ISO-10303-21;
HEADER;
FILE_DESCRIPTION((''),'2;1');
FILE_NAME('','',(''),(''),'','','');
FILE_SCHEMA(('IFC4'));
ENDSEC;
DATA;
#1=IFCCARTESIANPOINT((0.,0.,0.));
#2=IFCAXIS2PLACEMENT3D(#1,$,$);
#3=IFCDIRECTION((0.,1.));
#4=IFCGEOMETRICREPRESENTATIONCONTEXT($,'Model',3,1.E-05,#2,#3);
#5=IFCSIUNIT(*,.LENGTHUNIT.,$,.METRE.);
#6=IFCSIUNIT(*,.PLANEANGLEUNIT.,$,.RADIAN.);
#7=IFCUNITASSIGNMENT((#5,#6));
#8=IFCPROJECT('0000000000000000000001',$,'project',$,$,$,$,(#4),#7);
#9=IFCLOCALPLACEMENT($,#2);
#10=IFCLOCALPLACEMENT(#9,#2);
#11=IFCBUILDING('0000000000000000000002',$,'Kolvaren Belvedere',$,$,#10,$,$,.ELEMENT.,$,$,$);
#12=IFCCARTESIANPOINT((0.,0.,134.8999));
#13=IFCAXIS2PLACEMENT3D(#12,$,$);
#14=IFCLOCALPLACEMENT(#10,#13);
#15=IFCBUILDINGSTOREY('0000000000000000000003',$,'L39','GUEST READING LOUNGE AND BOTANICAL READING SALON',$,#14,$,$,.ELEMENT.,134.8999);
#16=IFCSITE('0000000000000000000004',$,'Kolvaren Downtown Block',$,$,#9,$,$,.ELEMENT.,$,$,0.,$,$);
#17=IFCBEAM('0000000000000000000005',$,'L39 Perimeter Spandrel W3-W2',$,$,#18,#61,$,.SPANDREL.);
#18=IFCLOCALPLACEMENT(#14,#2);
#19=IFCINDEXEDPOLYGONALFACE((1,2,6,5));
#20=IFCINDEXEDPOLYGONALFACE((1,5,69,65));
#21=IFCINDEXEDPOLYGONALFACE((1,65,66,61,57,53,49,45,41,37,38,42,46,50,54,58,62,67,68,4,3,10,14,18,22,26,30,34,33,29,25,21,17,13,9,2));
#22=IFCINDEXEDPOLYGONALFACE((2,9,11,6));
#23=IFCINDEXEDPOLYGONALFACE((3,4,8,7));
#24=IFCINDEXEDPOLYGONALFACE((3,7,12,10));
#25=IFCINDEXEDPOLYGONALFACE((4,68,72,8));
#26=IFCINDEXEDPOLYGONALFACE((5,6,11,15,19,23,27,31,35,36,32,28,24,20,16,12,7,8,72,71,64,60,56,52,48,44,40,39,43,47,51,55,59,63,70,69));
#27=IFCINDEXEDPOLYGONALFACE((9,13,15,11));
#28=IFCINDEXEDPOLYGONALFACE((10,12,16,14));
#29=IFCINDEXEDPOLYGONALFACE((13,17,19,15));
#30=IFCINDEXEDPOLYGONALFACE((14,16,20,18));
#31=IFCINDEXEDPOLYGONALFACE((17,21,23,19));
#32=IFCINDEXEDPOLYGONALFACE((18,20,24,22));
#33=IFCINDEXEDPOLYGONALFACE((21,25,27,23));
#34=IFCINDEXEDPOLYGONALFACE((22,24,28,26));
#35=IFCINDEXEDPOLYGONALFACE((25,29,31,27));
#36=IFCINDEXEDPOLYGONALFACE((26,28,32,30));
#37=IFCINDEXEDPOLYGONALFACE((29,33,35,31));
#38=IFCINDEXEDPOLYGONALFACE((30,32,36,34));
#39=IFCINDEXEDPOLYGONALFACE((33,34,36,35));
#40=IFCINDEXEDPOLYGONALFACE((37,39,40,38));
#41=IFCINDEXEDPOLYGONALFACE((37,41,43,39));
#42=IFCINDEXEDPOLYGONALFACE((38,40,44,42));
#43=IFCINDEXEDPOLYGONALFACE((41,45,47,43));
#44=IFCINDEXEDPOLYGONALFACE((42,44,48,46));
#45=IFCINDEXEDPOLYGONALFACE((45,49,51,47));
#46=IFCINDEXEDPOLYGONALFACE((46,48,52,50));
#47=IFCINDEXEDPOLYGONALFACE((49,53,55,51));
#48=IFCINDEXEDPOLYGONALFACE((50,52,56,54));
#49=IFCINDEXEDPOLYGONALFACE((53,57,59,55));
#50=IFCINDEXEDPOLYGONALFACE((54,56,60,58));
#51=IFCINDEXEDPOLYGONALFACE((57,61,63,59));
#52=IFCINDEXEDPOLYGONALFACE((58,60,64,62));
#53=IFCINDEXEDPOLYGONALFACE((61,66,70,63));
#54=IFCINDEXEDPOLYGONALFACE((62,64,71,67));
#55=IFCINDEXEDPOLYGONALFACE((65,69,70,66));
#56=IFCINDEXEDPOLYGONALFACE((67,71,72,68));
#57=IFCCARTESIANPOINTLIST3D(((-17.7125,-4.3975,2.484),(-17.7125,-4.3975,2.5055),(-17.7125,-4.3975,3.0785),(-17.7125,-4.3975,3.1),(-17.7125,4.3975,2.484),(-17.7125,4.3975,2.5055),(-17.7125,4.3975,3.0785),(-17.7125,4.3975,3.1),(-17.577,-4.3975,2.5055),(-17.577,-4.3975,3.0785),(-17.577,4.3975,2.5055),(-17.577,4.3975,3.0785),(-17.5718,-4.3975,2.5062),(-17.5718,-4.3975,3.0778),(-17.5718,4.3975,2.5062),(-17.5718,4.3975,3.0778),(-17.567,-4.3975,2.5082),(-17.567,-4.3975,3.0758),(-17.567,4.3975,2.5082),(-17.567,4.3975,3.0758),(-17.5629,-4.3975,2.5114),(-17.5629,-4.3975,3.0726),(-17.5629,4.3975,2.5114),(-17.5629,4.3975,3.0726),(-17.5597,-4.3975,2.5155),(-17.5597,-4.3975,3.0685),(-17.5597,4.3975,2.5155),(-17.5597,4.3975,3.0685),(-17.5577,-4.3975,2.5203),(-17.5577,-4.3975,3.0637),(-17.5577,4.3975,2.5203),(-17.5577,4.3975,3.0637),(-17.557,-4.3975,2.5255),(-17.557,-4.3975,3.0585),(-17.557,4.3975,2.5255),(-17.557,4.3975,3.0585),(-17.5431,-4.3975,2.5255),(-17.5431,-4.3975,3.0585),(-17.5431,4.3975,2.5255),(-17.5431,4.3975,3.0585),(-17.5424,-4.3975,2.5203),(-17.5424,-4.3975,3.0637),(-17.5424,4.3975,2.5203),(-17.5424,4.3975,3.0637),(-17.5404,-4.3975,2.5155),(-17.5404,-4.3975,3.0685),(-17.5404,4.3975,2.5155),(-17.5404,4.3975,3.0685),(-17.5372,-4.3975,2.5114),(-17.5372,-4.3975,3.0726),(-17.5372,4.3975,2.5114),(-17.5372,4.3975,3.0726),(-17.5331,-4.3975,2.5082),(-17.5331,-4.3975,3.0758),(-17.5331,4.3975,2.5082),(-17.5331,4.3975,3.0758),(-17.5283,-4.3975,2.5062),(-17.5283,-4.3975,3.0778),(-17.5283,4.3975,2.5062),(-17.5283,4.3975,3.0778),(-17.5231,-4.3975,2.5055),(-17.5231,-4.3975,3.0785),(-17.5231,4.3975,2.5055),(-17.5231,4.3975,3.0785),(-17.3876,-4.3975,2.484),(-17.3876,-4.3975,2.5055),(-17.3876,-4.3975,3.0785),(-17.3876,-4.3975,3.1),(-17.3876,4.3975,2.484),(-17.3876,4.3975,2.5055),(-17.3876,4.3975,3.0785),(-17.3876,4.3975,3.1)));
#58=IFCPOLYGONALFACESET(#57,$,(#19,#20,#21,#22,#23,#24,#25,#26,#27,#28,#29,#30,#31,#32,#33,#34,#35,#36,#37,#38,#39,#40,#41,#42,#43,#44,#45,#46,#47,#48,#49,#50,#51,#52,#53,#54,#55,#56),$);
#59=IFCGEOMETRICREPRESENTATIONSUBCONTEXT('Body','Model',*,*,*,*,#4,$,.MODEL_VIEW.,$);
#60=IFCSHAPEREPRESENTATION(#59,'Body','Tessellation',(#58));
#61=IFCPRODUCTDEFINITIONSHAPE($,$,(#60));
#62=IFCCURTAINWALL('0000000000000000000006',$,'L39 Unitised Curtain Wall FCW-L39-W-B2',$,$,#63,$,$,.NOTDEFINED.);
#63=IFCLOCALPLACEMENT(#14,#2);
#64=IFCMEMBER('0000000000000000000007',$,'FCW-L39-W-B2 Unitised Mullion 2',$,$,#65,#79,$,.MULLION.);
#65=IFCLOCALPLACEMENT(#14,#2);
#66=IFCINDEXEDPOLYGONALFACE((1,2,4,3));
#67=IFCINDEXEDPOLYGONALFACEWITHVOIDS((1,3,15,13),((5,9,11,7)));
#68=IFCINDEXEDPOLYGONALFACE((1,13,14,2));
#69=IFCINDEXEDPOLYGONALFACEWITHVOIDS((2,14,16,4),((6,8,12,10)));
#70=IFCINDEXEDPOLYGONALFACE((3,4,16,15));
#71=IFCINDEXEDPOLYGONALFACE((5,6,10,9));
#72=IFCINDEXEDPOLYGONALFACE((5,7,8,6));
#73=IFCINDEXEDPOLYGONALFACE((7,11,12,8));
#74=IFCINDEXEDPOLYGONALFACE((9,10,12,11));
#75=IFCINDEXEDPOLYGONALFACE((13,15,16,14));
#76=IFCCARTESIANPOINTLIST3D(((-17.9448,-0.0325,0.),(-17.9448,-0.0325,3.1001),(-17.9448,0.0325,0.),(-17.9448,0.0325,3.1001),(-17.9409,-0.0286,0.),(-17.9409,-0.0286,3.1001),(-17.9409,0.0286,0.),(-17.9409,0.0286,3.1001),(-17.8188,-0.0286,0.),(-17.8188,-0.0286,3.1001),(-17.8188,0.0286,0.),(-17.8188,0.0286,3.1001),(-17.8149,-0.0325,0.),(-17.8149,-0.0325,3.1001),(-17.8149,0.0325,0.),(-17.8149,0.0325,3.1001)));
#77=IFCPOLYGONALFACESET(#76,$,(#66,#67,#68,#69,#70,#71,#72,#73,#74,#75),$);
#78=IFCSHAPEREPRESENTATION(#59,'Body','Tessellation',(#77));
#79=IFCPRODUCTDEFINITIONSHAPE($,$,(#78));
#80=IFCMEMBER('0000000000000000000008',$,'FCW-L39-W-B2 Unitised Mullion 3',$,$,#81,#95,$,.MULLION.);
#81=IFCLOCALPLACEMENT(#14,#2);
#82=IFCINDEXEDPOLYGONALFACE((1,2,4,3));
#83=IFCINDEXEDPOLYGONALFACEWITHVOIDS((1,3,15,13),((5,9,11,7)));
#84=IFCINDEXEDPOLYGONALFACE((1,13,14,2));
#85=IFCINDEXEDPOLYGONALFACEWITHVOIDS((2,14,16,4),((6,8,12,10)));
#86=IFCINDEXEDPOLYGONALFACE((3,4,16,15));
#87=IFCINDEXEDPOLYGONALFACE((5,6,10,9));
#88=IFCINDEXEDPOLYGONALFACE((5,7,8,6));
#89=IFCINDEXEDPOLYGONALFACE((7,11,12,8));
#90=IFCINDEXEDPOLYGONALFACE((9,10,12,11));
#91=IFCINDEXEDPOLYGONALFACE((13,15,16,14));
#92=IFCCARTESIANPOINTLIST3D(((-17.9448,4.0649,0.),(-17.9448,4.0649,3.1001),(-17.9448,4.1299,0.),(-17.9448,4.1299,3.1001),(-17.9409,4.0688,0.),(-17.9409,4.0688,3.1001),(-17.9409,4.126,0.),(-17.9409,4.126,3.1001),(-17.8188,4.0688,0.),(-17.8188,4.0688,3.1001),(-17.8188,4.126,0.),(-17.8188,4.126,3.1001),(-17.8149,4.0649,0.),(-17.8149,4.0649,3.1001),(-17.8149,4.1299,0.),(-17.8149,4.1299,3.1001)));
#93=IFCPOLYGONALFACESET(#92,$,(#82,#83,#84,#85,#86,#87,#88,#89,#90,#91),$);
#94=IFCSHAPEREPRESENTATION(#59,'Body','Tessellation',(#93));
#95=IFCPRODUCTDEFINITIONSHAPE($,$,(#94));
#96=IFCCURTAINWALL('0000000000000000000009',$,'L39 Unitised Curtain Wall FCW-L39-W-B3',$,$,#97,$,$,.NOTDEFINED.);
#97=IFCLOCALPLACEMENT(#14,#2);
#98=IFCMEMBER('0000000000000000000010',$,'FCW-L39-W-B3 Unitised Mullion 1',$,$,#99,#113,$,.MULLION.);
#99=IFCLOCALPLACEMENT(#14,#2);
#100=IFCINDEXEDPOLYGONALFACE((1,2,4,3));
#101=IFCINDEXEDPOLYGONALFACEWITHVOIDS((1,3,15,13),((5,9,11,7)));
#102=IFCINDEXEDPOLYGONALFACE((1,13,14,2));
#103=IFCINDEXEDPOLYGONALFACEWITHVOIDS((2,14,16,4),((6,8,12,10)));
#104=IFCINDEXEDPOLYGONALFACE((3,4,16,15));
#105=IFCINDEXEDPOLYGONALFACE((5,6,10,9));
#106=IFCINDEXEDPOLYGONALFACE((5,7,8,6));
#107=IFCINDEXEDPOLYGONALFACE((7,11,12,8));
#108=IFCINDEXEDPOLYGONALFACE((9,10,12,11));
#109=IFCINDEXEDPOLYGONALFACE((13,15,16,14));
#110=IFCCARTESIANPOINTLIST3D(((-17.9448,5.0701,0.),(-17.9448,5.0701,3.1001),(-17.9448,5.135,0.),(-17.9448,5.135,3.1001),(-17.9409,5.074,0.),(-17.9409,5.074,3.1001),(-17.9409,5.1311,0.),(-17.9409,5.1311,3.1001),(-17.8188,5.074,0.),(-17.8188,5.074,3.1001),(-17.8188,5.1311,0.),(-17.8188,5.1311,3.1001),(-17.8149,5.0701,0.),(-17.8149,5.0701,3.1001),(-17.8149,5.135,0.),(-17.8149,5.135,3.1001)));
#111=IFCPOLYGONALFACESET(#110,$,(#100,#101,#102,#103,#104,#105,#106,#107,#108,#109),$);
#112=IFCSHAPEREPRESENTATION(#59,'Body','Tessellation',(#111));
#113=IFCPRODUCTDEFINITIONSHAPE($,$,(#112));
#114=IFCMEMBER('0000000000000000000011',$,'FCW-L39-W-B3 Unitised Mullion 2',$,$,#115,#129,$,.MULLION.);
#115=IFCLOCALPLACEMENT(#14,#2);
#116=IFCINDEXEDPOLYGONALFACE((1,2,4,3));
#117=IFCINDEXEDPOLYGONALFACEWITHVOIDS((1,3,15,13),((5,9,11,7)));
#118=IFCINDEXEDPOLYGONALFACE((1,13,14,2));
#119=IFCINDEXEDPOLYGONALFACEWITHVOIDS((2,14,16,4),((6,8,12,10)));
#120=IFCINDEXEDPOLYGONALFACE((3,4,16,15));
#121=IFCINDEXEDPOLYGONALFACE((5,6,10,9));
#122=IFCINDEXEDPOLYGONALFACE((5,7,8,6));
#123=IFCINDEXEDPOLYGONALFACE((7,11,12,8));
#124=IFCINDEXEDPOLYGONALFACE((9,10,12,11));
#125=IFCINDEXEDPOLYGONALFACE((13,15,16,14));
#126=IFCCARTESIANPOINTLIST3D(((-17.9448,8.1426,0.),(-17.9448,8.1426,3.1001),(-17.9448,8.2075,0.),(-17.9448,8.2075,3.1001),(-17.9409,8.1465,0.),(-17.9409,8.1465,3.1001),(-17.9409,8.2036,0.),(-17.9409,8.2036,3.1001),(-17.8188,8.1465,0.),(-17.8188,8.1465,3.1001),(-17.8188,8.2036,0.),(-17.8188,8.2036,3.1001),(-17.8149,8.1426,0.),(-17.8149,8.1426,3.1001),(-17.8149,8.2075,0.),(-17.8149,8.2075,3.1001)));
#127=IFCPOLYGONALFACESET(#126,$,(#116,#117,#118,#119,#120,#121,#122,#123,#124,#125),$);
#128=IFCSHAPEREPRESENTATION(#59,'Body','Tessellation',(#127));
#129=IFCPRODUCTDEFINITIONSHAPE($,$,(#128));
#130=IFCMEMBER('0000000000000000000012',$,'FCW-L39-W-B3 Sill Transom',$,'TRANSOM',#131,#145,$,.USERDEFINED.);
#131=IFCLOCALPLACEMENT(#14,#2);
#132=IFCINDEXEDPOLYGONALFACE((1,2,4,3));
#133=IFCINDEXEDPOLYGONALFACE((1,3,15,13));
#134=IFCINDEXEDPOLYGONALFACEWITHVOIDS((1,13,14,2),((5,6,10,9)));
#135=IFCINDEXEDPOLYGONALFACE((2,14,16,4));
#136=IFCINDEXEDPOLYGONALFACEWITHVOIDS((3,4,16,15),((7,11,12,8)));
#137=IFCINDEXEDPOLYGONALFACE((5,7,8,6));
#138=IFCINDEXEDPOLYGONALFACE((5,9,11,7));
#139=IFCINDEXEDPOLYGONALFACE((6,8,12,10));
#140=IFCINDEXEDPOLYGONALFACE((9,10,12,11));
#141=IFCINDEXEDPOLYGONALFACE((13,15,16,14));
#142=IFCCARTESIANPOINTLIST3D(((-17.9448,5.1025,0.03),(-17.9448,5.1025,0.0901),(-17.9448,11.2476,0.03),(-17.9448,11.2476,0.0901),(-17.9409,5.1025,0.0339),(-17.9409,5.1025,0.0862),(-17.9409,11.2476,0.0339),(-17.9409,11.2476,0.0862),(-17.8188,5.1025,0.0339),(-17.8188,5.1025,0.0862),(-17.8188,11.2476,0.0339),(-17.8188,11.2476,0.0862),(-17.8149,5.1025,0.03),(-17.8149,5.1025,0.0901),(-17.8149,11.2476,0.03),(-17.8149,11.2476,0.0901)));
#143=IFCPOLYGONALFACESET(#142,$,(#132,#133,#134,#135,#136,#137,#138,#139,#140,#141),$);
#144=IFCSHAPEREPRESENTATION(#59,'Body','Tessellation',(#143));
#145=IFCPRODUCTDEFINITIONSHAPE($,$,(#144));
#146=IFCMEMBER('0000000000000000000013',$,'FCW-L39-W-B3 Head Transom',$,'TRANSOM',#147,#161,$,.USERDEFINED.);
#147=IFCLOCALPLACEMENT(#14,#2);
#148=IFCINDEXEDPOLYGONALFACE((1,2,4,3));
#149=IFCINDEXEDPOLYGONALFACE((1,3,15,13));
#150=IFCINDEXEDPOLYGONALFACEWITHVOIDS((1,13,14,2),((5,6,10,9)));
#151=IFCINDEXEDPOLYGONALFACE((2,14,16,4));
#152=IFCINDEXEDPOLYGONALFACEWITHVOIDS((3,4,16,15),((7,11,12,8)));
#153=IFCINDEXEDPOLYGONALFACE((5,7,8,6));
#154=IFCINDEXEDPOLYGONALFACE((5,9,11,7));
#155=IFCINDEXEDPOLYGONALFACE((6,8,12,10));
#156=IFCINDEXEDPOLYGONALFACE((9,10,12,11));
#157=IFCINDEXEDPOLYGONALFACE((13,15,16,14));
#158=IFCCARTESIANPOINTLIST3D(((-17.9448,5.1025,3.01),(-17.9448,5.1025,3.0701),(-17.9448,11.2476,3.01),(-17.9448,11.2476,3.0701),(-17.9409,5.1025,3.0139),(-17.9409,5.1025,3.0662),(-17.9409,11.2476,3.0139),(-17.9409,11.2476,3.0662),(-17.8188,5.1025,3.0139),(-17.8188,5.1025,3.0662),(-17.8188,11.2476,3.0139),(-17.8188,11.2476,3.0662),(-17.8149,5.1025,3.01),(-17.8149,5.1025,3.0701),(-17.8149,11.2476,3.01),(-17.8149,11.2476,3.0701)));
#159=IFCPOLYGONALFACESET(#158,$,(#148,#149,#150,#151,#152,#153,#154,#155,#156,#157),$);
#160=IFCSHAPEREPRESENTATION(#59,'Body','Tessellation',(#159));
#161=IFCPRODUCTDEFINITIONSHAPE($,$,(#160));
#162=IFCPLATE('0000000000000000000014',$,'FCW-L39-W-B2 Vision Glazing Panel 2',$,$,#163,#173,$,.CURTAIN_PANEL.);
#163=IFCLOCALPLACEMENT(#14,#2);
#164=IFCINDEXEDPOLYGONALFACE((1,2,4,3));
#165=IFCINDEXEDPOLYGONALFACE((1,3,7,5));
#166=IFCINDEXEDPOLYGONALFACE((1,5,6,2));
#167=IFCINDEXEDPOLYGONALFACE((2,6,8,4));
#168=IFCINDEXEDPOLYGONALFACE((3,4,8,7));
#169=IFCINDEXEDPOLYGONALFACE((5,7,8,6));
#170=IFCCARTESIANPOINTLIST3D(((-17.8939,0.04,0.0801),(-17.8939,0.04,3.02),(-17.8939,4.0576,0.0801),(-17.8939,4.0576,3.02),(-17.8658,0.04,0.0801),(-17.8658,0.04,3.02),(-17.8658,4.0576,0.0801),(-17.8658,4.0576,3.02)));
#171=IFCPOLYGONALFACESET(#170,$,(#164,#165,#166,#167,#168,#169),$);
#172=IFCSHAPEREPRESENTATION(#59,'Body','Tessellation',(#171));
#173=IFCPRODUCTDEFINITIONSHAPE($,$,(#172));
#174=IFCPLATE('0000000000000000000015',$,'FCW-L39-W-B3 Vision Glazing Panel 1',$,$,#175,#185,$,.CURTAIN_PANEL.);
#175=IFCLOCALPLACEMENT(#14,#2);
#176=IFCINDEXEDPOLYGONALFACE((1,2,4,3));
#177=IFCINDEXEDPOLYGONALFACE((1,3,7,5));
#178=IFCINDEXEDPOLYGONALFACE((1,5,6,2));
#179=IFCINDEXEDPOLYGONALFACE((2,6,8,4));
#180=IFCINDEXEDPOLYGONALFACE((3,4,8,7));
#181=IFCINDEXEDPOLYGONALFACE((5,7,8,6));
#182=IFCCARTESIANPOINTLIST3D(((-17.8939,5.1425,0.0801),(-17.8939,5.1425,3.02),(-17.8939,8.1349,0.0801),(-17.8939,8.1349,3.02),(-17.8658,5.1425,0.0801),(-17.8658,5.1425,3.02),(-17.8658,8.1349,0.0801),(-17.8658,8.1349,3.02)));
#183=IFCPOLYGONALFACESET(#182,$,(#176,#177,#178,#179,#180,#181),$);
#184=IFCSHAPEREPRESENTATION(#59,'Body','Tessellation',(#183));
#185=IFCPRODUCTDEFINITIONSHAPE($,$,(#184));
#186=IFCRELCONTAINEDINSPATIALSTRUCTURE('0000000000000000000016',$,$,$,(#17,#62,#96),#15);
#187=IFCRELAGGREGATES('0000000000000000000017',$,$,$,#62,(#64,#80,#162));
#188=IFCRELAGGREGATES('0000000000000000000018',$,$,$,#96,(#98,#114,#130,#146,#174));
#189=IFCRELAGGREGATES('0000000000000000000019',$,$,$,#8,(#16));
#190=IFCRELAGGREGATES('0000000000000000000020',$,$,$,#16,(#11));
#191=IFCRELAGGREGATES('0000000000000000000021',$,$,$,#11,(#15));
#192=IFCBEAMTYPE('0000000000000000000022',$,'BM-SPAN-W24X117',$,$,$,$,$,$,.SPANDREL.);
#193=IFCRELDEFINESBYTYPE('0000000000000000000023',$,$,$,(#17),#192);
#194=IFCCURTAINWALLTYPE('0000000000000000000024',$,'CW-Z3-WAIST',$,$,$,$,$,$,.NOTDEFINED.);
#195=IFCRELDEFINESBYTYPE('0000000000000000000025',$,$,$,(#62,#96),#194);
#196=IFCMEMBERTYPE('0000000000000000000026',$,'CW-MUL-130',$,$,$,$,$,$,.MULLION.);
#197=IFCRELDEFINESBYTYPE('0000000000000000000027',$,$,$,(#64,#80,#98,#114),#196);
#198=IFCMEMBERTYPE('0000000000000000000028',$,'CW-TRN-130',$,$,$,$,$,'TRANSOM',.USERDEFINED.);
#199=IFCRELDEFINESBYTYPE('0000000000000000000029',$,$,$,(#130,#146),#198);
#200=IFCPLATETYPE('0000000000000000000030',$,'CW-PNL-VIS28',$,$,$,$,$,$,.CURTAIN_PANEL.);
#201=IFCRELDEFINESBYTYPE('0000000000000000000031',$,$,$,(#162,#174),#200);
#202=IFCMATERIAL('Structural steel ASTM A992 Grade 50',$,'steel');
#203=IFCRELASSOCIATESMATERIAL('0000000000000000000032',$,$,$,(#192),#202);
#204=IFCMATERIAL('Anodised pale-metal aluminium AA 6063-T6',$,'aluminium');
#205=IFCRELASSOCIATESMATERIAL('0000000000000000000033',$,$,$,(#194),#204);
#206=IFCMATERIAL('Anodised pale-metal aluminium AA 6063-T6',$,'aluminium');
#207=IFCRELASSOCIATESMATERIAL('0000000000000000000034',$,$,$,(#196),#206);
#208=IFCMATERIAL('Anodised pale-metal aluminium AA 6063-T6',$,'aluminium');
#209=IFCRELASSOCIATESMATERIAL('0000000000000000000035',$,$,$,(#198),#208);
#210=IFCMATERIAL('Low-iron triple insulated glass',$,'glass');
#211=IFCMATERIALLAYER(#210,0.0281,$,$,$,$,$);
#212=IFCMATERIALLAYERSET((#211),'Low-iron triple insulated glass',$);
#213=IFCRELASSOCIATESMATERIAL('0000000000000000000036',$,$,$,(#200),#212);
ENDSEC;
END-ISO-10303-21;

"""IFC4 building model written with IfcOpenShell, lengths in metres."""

from ifc_helpers import new_model, si_unit, direction, frame, origin, origin_2d, place, context, subcontext, project, spatial, rectangle, hollow_rectangle, i_section, extrude, material, layer, layer_set, material_profile, profile_set, type_object, element, aggregate, save


model = new_model("IFC4")

# Units and contexts
model_context = context("Model", 3, precision=1e-05, world=origin(), true_north=direction((0.0, 1.0)))
body_context = subcontext(model_context, "Body", "Model", "MODEL_VIEW")
ifc_project = project(units=[si_unit("LENGTHUNIT", "METRE"), si_unit("PLANEANGLEUNIT", "RADIAN")], contexts=[model_context])

# Site, building, storey
site_placement = place(None, origin())
site = spatial("IfcSite", under=ifc_project, at=site_placement, Name="Kolvaren Downtown Block", CompositionType="ELEMENT", RefElevation=0.0)
building_placement = place(site_placement, origin())
building = spatial("IfcBuilding", under=site, at=building_placement, Name="Kolvaren Belvedere", CompositionType="ELEMENT")
storey_placement = place(building_placement, frame((0.0, 0.0, 134.8999)))
storey = spatial("IfcBuildingStorey", under=building, at=storey_placement, Name="L39", Description="GUEST READING LOUNGE AND BOTANICAL READING SALON", CompositionType="ELEMENT", Elevation=134.8999)

# Beam
ifc_material_1 = material(Name="Structural steel ASTM A992 Grade 50", Category="steel")
ifc_material_profile_1 = material_profile(ifc_material_1, i_section(OverallWidth=0.325, OverallDepth=0.616, WebThickness=0.0139, FlangeThickness=0.0215, FilletRadius=0.02, at=origin_2d()), Name="W24X117")
ifc_profile_set_1 = profile_set([ifc_material_profile_1], Name="Structural steel ASTM A992 Grade 50")
beam_type_1 = type_object("IfcBeamType", Name="BM-SPAN-W24X117", PredefinedType="SPANDREL", material=ifc_profile_set_1)
beam_1_placement = place(storey_placement, frame((-17.55, 4.3975, 2.792), z_axis=(0.0, -1.0, 0.0), x_axis=(1.0, 0.0, 0.0)))
element("IfcBeam", 1, at=beam_1_placement, inside=storey, type_object=beam_type_1, Name="L39 Perimeter Spandrel W3-W2", PredefinedType="SPANDREL", context=body_context, shape_type="SweptSolid", body=[
    extrude(i_section(OverallWidth=0.325, OverallDepth=0.616, WebThickness=0.0139, FlangeThickness=0.0215, FilletRadius=0.02, at=origin_2d()), origin(), (0.0, 0.0, 1.0), 8.7949),
])

# Curtain walls, members
ifc_material_2 = material(Name="Anodised pale-metal aluminium AA 6063-T6", Category="aluminium")
curtain_wall_type = type_object("IfcCurtainWallType", Name="CW-Z3-WAIST", PredefinedType="NOTDEFINED", material=ifc_material_2)
curtain_wall_1_placement = place(storey_placement, origin())
curtain_wall_1 = element("IfcCurtainWall", 2, at=curtain_wall_1_placement, inside=storey, type_object=curtain_wall_type, Name="L39 Unitised Curtain Wall FCW-L39-W-B2", PredefinedType="NOTDEFINED")
ifc_material_3 = material(Name="Anodised pale-metal aluminium AA 6063-T6", Category="aluminium")
ifc_material_profile_2 = material_profile(ifc_material_3, hollow_rectangle(XDim=0.0649, YDim=0.1299, WallThickness=0.0039, at=origin_2d()), Name="ALU-MUL-130X65")
ifc_profile_set_2 = profile_set([ifc_material_profile_2], Name="Anodised pale-metal aluminium AA 6063-T6")
member_type_1 = type_object("IfcMemberType", Name="CW-MUL-130", PredefinedType="MULLION", material=ifc_profile_set_2)
member_1_placement = place(storey_placement, frame((-17.8799, 0.0, 0.0), z_axis=(0.0, 0.0, 1.0), x_axis=(0.0, 1.0, 0.0)))
member_1 = element("IfcMember", 3, at=member_1_placement, type_object=member_type_1, Name="FCW-L39-W-B2 Unitised Mullion 2", PredefinedType="MULLION", context=body_context, shape_type="SweptSolid", body=[
    extrude(hollow_rectangle(XDim=0.0649, YDim=0.1299, WallThickness=0.0039, at=origin_2d()), origin(), (0.0, 0.0, 1.0), 3.1001),
])
member_2_placement = place(storey_placement, frame((-17.8799, 4.0974, 0.0), z_axis=(0.0, 0.0, 1.0), x_axis=(0.0, 1.0, 0.0)))
member_2 = element("IfcMember", 4, at=member_2_placement, type_object=member_type_1, Name="FCW-L39-W-B2 Unitised Mullion 3", PredefinedType="MULLION", context=body_context, shape_type="SweptSolid", body=[
    extrude(hollow_rectangle(XDim=0.0649, YDim=0.1299, WallThickness=0.0039, at=origin_2d()), origin(), (0.0, 0.0, 1.0), 3.1001),
])
curtain_wall_2_placement = place(storey_placement, origin())
curtain_wall_2 = element("IfcCurtainWall", 5, at=curtain_wall_2_placement, inside=storey, type_object=curtain_wall_type, Name="L39 Unitised Curtain Wall FCW-L39-W-B3", PredefinedType="NOTDEFINED")
member_3_placement = place(storey_placement, frame((-17.8799, 5.1025, 0.0), z_axis=(0.0, 0.0, 1.0), x_axis=(0.0, 1.0, 0.0)))
member_3 = element("IfcMember", 6, at=member_3_placement, type_object=member_type_1, Name="FCW-L39-W-B3 Unitised Mullion 1", PredefinedType="MULLION", context=body_context, shape_type="SweptSolid", body=[
    extrude(hollow_rectangle(XDim=0.0649, YDim=0.1299, WallThickness=0.0039, at=origin_2d()), origin(), (0.0, 0.0, 1.0), 3.1001),
])
member_4_placement = place(storey_placement, frame((-17.8799, 8.175, 0.0), z_axis=(0.0, 0.0, 1.0), x_axis=(0.0, 1.0, 0.0)))
member_4 = element("IfcMember", 7, at=member_4_placement, type_object=member_type_1, Name="FCW-L39-W-B3 Unitised Mullion 2", PredefinedType="MULLION", context=body_context, shape_type="SweptSolid", body=[
    extrude(hollow_rectangle(XDim=0.0649, YDim=0.1299, WallThickness=0.0039, at=origin_2d()), origin(), (0.0, 0.0, 1.0), 3.1001),
])
ifc_material_4 = material(Name="Anodised pale-metal aluminium AA 6063-T6", Category="aluminium")
ifc_material_profile_3 = material_profile(ifc_material_4, hollow_rectangle(XDim=0.0601, YDim=0.1299, WallThickness=0.0039, at=origin_2d()), Name="ALU-TRN-130X60")
ifc_profile_set_3 = profile_set([ifc_material_profile_3], Name="Anodised pale-metal aluminium AA 6063-T6")
member_type_2 = type_object("IfcMemberType", Name="CW-TRN-130", ElementType="TRANSOM", PredefinedType="USERDEFINED", material=ifc_profile_set_3)
member_5_placement = place(storey_placement, frame((-17.8799, 5.1025, 0.0601), z_axis=(0.0, 1.0, 0.0), x_axis=(0.0, 0.0, 1.0)))
member_5 = element("IfcMember", 8, at=member_5_placement, type_object=member_type_2, Name="FCW-L39-W-B3 Sill Transom", ObjectType="TRANSOM", PredefinedType="USERDEFINED", context=body_context, shape_type="SweptSolid", body=[
    extrude(hollow_rectangle(XDim=0.0601, YDim=0.1299, WallThickness=0.0039, at=origin_2d()), origin(), (0.0, 0.0, 1.0), 6.145),
])
member_6_placement = place(storey_placement, frame((-17.8799, 5.1025, 3.04), z_axis=(0.0, 1.0, 0.0), x_axis=(0.0, 0.0, 1.0)))
member_6 = element("IfcMember", 9, at=member_6_placement, type_object=member_type_2, Name="FCW-L39-W-B3 Head Transom", ObjectType="TRANSOM", PredefinedType="USERDEFINED", context=body_context, shape_type="SweptSolid", body=[
    extrude(hollow_rectangle(XDim=0.0601, YDim=0.1299, WallThickness=0.0039, at=origin_2d()), origin(), (0.0, 0.0, 1.0), 6.145),
])

# Plates
ifc_material_5 = material(Name="Low-iron triple insulated glass", Category="glass")
ifc_layer_1 = layer(ifc_material_5, 0.0281)
ifc_layer_set_1 = layer_set([ifc_layer_1], Name="Low-iron triple insulated glass")
plate_type_1 = type_object("IfcPlateType", Name="CW-PNL-VIS28", PredefinedType="CURTAIN_PANEL", material=ifc_layer_set_1)
plate_1_placement = place(storey_placement, frame((-17.8799, 2.0488, 0.0801), z_axis=(0.0, 0.0, 1.0), x_axis=(0.0, 1.0, 0.0)))
plate_1 = element("IfcPlate", 10, at=plate_1_placement, type_object=plate_type_1, Name="FCW-L39-W-B2 Vision Glazing Panel 2", PredefinedType="CURTAIN_PANEL", context=body_context, shape_type="SweptSolid", body=[
    extrude(rectangle(XDim=4.0176, YDim=0.0281, at=origin_2d()), origin(), (0.0, 0.0, 1.0), 2.9399),
])
aggregate(curtain_wall_1, [member_1, member_2, plate_1])
plate_2_placement = place(storey_placement, frame((-17.8799, 6.6387, 0.0801), z_axis=(0.0, 0.0, 1.0), x_axis=(0.0, 1.0, 0.0)))
plate_2 = element("IfcPlate", 11, at=plate_2_placement, type_object=plate_type_1, Name="FCW-L39-W-B3 Vision Glazing Panel 1", PredefinedType="CURTAIN_PANEL", context=body_context, shape_type="SweptSolid", body=[
    extrude(rectangle(XDim=2.9924, YDim=0.0281, at=origin_2d()), origin(), (0.0, 0.0, 1.0), 2.9399),
])
aggregate(curtain_wall_2, [member_3, member_4, member_5, member_6, plate_2])

save(model, "model.ifc")
